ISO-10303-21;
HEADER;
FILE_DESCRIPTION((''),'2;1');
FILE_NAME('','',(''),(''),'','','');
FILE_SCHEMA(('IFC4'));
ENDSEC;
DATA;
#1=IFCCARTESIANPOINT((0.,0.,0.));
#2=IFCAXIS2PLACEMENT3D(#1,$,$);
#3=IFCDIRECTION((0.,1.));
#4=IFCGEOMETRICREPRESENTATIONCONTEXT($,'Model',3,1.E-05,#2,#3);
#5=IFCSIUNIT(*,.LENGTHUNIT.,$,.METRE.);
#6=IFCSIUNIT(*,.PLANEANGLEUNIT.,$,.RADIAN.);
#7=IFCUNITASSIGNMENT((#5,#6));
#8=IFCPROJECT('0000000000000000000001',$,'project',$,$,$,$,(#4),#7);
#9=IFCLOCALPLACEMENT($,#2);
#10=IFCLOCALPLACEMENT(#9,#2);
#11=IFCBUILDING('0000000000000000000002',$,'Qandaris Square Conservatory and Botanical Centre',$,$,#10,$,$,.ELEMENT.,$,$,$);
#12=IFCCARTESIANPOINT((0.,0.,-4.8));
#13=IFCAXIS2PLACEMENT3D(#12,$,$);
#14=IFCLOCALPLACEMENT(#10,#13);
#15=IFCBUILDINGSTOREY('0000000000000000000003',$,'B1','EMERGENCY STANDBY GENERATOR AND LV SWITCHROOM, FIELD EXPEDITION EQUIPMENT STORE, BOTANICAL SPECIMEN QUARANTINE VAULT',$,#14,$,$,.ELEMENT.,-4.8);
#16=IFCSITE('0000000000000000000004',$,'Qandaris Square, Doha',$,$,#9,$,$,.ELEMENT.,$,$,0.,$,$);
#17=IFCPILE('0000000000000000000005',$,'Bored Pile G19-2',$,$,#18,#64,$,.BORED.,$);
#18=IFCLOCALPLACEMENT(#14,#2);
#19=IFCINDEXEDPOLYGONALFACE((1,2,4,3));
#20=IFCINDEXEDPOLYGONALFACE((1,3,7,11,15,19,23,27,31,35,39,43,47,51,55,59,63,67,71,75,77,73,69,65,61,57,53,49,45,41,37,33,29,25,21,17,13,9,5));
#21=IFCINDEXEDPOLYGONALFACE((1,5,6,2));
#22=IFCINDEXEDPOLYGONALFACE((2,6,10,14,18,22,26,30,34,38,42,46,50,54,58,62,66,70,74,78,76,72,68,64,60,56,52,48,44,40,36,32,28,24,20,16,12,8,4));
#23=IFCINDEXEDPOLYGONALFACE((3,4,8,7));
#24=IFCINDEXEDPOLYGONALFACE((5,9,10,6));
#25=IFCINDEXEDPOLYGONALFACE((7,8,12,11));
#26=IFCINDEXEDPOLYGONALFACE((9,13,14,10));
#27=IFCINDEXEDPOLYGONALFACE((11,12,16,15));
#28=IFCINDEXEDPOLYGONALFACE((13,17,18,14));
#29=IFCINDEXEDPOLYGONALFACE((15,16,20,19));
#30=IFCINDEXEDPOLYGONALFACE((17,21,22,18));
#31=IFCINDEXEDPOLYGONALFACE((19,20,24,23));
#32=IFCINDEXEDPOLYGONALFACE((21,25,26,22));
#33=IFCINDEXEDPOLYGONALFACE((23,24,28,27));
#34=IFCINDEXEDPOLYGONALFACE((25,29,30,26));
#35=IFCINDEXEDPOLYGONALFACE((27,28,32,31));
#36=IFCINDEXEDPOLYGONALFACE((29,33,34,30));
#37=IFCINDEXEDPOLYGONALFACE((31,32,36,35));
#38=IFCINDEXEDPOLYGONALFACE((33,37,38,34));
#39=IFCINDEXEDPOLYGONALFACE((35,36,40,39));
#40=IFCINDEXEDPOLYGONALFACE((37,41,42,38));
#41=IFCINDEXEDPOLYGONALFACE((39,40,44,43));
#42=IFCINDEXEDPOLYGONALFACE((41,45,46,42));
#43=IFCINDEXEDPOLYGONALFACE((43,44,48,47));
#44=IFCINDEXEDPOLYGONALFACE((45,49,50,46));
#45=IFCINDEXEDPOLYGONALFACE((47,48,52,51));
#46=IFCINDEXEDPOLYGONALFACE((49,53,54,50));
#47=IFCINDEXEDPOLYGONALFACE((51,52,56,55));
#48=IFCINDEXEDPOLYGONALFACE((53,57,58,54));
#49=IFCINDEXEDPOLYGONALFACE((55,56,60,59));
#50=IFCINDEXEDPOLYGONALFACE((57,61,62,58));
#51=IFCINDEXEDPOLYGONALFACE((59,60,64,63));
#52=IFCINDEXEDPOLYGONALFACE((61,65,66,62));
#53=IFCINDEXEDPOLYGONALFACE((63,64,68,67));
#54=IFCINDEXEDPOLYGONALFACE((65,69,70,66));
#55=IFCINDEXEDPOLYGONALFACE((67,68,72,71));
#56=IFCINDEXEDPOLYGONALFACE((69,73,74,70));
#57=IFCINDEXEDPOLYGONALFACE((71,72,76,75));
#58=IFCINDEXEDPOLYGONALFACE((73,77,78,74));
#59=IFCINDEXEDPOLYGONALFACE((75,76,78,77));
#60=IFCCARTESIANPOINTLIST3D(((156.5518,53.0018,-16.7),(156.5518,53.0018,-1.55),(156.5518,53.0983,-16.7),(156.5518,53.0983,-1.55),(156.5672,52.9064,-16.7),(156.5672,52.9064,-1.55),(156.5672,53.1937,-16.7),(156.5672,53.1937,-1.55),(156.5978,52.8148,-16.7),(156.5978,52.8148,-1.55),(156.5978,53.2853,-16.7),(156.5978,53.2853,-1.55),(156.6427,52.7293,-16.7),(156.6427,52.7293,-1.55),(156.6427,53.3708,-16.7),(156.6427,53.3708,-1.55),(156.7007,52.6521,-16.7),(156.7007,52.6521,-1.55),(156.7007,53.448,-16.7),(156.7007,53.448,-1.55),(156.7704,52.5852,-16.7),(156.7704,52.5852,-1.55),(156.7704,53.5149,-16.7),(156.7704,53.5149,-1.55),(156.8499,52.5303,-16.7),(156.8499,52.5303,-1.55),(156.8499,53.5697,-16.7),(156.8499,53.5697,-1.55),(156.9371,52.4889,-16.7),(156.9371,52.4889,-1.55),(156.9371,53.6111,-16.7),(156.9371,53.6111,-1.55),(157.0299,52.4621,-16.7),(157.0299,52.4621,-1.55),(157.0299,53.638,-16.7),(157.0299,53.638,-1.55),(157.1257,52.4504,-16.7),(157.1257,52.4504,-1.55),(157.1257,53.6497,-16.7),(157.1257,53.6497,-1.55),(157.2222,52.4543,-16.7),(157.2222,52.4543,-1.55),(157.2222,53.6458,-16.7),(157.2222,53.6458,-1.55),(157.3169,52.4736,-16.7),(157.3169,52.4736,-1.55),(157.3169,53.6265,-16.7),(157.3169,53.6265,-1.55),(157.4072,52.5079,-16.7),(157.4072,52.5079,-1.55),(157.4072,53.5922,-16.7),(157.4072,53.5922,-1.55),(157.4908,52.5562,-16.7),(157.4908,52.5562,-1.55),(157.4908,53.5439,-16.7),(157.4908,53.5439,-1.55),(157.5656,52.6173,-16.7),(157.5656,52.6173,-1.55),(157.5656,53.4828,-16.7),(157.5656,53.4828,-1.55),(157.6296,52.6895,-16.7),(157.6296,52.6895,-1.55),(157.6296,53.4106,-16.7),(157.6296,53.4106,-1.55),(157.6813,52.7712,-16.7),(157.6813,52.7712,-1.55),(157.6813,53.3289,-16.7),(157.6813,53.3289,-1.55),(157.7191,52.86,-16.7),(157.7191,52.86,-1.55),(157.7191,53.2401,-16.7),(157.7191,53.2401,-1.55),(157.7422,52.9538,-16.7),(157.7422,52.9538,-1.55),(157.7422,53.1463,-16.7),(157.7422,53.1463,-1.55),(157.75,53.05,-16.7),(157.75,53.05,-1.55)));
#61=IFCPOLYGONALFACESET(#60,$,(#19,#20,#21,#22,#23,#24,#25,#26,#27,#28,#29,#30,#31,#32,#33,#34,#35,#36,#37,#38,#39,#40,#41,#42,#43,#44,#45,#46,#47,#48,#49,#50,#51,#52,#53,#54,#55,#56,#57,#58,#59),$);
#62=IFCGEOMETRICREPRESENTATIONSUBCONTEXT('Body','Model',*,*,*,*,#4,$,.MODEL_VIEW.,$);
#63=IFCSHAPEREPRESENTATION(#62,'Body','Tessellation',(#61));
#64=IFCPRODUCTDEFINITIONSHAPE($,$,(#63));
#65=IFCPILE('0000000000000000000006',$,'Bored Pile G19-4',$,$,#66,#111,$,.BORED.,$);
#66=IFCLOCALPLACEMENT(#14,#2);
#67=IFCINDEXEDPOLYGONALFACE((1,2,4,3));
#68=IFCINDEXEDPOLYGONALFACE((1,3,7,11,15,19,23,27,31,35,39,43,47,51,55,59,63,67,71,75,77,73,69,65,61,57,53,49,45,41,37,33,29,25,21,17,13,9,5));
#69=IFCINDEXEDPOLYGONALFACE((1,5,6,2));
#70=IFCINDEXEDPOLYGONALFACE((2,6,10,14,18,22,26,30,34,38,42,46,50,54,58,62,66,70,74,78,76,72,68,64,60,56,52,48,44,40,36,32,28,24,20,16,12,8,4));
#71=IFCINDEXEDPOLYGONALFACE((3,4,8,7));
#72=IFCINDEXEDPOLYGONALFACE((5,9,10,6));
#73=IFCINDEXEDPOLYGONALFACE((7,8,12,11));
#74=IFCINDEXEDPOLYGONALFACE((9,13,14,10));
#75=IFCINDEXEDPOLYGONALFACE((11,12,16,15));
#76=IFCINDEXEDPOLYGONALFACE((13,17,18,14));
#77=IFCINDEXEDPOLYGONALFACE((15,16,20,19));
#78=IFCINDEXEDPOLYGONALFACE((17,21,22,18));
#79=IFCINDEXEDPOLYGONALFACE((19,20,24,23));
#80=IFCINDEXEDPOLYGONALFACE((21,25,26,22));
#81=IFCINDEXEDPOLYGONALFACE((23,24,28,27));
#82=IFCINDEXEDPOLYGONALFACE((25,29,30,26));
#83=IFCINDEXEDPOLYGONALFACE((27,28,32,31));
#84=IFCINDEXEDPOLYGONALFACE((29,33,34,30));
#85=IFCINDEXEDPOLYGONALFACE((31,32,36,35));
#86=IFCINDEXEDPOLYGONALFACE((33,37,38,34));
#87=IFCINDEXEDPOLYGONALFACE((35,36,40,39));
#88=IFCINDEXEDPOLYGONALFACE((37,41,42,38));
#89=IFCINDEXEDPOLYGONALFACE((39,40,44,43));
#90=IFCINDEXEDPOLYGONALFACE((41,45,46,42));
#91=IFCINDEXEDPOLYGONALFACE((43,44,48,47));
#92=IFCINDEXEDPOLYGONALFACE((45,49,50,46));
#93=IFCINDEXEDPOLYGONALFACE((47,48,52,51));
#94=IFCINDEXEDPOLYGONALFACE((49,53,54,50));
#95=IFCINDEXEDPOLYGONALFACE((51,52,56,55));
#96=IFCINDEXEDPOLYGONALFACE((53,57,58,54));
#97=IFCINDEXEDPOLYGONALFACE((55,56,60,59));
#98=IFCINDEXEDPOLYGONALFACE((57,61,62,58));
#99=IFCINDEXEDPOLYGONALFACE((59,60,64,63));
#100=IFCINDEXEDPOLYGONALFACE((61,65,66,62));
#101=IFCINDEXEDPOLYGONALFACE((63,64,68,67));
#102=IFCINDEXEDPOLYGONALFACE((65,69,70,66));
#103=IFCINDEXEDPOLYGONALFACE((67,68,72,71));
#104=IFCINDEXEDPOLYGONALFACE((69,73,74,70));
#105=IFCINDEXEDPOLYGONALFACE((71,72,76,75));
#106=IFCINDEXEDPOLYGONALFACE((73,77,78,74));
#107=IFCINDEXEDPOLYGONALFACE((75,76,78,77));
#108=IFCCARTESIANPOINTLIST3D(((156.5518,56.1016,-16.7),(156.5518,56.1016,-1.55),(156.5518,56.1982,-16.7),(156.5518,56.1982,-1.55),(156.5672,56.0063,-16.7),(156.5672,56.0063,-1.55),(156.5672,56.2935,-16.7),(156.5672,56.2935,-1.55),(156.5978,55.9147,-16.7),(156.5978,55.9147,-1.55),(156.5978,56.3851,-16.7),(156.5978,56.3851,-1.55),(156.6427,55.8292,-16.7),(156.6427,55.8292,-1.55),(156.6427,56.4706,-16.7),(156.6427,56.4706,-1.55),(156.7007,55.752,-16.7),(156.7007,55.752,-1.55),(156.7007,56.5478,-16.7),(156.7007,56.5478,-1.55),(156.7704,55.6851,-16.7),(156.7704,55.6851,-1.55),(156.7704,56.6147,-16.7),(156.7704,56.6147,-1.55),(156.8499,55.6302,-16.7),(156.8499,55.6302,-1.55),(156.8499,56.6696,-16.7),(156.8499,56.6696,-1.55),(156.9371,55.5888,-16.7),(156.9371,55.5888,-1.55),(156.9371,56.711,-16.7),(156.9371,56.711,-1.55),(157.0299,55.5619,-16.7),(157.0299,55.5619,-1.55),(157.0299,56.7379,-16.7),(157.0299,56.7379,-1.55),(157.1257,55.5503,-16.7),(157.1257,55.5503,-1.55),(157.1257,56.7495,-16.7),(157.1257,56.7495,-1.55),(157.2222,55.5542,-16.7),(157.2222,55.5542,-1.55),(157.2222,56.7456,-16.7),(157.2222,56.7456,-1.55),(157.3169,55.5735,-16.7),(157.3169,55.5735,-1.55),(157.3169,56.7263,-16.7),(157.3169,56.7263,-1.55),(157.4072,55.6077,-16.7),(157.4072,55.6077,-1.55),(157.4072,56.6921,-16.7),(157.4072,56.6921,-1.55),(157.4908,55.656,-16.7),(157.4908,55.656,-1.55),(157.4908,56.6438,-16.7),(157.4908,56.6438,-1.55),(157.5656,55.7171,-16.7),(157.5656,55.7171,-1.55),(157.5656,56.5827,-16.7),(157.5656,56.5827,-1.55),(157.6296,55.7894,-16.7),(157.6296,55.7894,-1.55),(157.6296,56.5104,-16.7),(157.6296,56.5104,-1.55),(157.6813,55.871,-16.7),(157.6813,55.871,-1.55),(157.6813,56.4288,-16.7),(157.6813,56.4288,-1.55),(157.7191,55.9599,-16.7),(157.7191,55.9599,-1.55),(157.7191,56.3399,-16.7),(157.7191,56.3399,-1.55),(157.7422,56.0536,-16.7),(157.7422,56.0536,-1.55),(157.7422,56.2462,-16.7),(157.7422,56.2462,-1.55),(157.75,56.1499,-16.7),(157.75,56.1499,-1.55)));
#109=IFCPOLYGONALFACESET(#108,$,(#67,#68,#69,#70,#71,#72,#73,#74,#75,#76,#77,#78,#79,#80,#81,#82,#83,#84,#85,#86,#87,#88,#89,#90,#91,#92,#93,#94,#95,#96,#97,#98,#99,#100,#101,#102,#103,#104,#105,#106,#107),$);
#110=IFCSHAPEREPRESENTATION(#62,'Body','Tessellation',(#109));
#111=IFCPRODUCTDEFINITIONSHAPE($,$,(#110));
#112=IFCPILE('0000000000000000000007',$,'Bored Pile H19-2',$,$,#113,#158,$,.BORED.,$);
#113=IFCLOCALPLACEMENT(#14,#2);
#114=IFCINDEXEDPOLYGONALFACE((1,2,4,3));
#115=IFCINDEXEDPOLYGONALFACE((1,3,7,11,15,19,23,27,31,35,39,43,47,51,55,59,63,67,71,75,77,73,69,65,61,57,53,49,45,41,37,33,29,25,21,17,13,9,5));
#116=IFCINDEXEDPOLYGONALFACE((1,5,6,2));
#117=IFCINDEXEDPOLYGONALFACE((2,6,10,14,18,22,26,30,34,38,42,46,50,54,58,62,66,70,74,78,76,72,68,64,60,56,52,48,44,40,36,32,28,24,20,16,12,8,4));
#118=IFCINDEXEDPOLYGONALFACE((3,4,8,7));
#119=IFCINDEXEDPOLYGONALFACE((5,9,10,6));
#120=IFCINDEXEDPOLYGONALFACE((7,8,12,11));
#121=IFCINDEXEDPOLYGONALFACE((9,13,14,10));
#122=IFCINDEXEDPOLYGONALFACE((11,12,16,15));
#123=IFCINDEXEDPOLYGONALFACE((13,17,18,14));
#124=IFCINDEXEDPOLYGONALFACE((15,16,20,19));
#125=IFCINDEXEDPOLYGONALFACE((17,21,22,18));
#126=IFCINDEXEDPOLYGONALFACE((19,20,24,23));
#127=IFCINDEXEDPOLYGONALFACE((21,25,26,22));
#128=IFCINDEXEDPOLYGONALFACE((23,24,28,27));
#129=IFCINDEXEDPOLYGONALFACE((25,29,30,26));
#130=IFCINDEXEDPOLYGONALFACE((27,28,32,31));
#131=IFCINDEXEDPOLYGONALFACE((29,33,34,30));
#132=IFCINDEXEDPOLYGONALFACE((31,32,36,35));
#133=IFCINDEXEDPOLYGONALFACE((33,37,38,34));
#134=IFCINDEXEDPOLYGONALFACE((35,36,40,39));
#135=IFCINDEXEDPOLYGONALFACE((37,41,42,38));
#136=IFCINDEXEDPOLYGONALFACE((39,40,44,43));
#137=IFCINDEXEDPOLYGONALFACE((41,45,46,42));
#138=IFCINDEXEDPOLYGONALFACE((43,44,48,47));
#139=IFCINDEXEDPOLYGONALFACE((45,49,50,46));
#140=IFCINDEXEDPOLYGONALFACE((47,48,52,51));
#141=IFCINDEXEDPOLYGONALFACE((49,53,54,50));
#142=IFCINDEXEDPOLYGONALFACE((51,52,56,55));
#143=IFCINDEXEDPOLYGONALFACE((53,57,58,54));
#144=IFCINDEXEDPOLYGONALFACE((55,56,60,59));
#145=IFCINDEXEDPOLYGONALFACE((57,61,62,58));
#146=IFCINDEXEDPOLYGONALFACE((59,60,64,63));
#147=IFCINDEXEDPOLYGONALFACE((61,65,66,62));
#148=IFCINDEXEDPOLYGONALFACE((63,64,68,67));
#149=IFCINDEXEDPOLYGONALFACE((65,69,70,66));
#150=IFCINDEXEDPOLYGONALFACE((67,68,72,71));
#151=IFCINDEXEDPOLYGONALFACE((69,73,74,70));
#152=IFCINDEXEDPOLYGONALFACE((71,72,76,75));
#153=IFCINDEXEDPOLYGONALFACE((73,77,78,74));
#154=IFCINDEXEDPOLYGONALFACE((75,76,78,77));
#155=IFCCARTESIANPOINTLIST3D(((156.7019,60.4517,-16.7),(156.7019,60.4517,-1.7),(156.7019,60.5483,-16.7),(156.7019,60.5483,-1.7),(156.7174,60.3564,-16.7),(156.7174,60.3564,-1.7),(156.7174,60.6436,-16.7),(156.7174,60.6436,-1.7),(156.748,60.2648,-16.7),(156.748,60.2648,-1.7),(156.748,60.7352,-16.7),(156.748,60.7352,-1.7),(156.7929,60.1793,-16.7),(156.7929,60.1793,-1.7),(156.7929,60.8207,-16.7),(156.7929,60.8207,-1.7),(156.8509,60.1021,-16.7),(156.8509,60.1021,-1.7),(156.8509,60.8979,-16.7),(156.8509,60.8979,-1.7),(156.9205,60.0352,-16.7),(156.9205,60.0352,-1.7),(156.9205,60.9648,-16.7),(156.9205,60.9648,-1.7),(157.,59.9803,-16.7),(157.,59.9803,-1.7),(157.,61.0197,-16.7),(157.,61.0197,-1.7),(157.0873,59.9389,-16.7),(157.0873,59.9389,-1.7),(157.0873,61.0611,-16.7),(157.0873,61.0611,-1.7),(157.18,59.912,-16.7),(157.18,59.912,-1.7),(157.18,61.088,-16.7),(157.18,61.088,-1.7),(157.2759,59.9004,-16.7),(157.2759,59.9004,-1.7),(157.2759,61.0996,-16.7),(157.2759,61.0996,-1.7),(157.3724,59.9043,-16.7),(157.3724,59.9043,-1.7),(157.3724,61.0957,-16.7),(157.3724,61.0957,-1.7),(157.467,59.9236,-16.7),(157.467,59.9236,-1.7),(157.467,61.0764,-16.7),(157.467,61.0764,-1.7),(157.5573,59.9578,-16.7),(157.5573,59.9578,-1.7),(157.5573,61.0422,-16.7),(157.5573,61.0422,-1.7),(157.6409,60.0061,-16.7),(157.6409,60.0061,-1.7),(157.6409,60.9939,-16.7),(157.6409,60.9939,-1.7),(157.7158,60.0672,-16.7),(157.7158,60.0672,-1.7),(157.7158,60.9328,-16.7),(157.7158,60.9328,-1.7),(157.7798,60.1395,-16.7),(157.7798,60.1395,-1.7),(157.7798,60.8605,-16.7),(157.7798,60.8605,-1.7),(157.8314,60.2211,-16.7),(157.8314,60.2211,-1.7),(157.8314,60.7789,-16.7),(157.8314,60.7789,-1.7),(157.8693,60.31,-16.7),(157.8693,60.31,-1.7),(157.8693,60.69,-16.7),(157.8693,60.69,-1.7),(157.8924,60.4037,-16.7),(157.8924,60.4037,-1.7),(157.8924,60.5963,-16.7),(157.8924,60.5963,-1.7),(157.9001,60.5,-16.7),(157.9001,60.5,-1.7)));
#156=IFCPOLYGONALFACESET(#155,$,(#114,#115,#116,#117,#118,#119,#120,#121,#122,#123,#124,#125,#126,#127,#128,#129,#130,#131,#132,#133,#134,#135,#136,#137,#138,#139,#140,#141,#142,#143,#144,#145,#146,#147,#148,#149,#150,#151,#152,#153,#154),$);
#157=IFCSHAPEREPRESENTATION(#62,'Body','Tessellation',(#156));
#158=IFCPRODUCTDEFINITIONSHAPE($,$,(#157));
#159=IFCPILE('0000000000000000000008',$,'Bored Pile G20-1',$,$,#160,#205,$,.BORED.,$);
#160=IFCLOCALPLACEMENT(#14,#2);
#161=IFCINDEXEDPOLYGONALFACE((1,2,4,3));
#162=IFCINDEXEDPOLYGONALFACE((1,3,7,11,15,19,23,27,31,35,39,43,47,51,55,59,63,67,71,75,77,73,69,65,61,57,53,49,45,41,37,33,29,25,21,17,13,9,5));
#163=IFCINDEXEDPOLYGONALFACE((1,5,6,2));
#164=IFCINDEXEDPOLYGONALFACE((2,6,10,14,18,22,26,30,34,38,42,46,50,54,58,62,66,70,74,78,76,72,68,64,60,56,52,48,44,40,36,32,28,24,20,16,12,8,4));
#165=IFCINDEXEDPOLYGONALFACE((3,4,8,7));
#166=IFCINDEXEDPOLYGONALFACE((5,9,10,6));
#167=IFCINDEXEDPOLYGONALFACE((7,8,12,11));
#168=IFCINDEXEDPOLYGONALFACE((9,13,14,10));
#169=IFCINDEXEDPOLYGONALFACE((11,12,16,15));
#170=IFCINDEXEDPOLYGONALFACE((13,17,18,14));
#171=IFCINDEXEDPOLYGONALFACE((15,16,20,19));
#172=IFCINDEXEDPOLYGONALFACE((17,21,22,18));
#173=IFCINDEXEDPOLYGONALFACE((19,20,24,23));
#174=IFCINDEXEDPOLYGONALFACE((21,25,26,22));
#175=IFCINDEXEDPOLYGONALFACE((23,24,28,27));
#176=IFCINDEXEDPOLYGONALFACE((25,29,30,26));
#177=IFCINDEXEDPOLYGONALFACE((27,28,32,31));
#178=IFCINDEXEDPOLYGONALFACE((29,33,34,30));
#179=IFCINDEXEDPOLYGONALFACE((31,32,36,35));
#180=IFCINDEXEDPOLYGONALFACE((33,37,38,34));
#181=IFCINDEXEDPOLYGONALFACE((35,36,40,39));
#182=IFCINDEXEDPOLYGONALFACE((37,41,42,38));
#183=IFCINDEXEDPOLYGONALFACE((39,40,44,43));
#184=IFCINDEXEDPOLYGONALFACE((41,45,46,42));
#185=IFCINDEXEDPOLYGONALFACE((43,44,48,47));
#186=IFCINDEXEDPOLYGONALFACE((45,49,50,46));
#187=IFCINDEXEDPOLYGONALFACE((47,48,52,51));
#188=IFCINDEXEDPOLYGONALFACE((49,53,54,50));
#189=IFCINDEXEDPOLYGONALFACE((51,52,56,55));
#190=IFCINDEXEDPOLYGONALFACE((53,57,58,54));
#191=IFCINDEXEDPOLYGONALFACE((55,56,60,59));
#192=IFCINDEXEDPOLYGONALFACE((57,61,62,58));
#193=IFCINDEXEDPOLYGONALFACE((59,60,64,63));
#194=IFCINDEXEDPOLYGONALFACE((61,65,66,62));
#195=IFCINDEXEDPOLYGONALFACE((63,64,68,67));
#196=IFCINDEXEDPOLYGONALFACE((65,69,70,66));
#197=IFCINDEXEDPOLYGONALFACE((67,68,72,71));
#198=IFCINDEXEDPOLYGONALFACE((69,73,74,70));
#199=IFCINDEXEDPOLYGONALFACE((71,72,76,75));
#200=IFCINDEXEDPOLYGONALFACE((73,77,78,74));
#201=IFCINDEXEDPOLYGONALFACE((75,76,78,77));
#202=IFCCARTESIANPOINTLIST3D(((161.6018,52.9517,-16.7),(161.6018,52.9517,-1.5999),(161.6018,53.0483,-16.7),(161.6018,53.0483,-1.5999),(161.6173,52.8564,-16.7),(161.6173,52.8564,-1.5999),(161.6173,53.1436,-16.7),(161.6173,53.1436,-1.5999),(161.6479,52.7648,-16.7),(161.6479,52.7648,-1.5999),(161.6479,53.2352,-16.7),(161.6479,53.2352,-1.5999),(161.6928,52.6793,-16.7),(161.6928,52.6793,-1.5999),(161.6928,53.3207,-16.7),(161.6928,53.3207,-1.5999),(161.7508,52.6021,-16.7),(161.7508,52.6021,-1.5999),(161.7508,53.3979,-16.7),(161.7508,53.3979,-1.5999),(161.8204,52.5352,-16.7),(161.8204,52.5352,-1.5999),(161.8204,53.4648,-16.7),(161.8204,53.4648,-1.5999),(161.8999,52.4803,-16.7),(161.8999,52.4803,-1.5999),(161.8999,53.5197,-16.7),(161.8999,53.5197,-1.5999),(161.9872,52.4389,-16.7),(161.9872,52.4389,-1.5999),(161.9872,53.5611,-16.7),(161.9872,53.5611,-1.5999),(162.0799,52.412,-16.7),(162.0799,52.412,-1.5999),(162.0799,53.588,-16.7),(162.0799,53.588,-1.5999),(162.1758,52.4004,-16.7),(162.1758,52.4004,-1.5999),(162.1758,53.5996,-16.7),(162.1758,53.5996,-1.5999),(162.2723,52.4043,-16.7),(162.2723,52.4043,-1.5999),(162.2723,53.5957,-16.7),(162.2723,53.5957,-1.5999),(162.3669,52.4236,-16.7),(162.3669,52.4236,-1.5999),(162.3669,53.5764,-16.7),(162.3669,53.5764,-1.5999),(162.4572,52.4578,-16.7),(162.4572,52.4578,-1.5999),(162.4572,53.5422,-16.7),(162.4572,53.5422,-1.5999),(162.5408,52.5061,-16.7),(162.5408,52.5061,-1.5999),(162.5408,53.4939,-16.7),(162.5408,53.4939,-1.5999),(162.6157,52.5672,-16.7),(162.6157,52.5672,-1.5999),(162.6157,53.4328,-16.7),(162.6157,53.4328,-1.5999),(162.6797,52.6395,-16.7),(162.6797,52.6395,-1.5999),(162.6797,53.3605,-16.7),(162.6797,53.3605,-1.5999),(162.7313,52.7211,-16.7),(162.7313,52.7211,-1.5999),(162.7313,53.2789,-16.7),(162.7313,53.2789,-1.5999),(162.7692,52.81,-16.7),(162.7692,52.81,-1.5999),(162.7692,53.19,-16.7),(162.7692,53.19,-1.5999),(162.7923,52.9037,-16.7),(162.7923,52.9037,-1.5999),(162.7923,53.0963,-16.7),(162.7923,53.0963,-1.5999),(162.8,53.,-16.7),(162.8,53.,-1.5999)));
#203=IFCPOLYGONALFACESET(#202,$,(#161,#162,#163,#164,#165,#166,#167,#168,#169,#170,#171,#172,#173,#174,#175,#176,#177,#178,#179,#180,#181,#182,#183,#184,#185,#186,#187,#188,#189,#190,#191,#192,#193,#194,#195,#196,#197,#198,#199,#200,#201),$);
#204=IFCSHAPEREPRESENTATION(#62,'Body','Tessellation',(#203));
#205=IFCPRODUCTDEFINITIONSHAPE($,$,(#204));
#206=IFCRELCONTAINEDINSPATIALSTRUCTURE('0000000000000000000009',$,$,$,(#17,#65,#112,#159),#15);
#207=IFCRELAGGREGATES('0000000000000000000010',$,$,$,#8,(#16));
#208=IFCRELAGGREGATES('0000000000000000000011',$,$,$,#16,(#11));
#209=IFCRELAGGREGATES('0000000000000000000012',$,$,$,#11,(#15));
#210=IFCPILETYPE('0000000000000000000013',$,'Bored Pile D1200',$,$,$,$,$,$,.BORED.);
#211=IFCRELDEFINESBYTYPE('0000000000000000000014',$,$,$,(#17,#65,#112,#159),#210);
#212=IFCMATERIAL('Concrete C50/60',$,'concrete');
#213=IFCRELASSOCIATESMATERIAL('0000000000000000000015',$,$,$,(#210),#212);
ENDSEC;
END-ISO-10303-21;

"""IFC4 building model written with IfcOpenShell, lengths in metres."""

from ifc_helpers import new_model, si_unit, direction, frame, origin, origin_2d, place, context, subcontext, project, spatial, circle, extrude, material, material_profile, profile_set, type_object, element, save


model = new_model("IFC4")

# Units and contexts
model_context = context("Model", 3, precision=1e-05, world=origin(), true_north=direction((0.0, 1.0)))
body_context = subcontext(model_context, "Body", "Model", "MODEL_VIEW")
ifc_project = project(units=[si_unit("LENGTHUNIT", "METRE"), si_unit("PLANEANGLEUNIT", "RADIAN")], contexts=[model_context])

# Site, building, storey
site_placement = place(None, origin())
site = spatial("IfcSite", under=ifc_project, at=site_placement, Name="Qandaris Square, Doha", CompositionType="ELEMENT", RefElevation=0.0)
building_placement = place(site_placement, origin())
building = spatial("IfcBuilding", under=site, at=building_placement, Name="Qandaris Square Conservatory and Botanical Centre", CompositionType="ELEMENT")
storey_placement = place(building_placement, frame((0.0, 0.0, -4.8)))
storey = spatial("IfcBuildingStorey", under=building, at=storey_placement, Name="B1", Description="EMERGENCY STANDBY GENERATOR AND LV SWITCHROOM, FIELD EXPEDITION EQUIPMENT STORE, BOTANICAL SPECIMEN QUARANTINE VAULT", CompositionType="ELEMENT", Elevation=-4.8)

# Piles
ifc_material_1 = material(Name="Concrete C50/60", Category="concrete")
ifc_material_profile_1 = material_profile(ifc_material_1, circle(Radius=0.6001, at=origin_2d()), Name="PILE D1200")
ifc_profile_set_1 = profile_set([ifc_material_profile_1], Name="Concrete C50/60")
pile_type = type_object("IfcPileType", Name="Bored Pile D1200", PredefinedType="BORED", material=ifc_profile_set_1)
for number, where, z_axis, x_axis, name in (
    (1, (157.1499, 53.05, -1.55), (0.0, 0.0, -1.0), (1.0, 0.0, 0.0), "Bored Pile G19-2"),
    (2, (157.1499, 56.1499, -1.55), (0.0, 0.0, -1.0), (1.0, 0.0, 0.0), "Bored Pile G19-4"),
):
    element("IfcPile", number, at=place(storey_placement, frame(where, z_axis=z_axis, x_axis=x_axis)), inside=storey, type_object=pile_type, Name=name, PredefinedType="BORED", context=body_context, shape_type="SweptSolid", body=[
        extrude(circle(Radius=0.6001, at=origin_2d()), origin(), (0.0, 0.0, 1.0), 15.1499),
    ])
pile_placement = place(storey_placement, frame((157.3, 60.5, -1.7), z_axis=(0.0, 0.0, -1.0), x_axis=(1.0, 0.0, 0.0)))
element("IfcPile", 3, at=pile_placement, inside=storey, type_object=pile_type, Name="Bored Pile H19-2", PredefinedType="BORED", context=body_context, shape_type="SweptSolid", body=[
    extrude(circle(Radius=0.6001, at=origin_2d()), origin(), (0.0, 0.0, 1.0), 15.0),
])
for number, where, z_axis, x_axis, name in (
    (4, (162.2, 53.0, -1.5999), (0.0, 0.0, -1.0), (1.0, 0.0, 0.0), "Bored Pile G20-1"),
):
    element("IfcPile", number, at=place(storey_placement, frame(where, z_axis=z_axis, x_axis=x_axis)), inside=storey, type_object=pile_type, Name=name, PredefinedType="BORED", context=body_context, shape_type="SweptSolid", body=[
        extrude(circle(Radius=0.6001, at=origin_2d()), origin(), (0.0, 0.0, 1.0), 15.1001),
    ])

save(model, "model.ifc")
